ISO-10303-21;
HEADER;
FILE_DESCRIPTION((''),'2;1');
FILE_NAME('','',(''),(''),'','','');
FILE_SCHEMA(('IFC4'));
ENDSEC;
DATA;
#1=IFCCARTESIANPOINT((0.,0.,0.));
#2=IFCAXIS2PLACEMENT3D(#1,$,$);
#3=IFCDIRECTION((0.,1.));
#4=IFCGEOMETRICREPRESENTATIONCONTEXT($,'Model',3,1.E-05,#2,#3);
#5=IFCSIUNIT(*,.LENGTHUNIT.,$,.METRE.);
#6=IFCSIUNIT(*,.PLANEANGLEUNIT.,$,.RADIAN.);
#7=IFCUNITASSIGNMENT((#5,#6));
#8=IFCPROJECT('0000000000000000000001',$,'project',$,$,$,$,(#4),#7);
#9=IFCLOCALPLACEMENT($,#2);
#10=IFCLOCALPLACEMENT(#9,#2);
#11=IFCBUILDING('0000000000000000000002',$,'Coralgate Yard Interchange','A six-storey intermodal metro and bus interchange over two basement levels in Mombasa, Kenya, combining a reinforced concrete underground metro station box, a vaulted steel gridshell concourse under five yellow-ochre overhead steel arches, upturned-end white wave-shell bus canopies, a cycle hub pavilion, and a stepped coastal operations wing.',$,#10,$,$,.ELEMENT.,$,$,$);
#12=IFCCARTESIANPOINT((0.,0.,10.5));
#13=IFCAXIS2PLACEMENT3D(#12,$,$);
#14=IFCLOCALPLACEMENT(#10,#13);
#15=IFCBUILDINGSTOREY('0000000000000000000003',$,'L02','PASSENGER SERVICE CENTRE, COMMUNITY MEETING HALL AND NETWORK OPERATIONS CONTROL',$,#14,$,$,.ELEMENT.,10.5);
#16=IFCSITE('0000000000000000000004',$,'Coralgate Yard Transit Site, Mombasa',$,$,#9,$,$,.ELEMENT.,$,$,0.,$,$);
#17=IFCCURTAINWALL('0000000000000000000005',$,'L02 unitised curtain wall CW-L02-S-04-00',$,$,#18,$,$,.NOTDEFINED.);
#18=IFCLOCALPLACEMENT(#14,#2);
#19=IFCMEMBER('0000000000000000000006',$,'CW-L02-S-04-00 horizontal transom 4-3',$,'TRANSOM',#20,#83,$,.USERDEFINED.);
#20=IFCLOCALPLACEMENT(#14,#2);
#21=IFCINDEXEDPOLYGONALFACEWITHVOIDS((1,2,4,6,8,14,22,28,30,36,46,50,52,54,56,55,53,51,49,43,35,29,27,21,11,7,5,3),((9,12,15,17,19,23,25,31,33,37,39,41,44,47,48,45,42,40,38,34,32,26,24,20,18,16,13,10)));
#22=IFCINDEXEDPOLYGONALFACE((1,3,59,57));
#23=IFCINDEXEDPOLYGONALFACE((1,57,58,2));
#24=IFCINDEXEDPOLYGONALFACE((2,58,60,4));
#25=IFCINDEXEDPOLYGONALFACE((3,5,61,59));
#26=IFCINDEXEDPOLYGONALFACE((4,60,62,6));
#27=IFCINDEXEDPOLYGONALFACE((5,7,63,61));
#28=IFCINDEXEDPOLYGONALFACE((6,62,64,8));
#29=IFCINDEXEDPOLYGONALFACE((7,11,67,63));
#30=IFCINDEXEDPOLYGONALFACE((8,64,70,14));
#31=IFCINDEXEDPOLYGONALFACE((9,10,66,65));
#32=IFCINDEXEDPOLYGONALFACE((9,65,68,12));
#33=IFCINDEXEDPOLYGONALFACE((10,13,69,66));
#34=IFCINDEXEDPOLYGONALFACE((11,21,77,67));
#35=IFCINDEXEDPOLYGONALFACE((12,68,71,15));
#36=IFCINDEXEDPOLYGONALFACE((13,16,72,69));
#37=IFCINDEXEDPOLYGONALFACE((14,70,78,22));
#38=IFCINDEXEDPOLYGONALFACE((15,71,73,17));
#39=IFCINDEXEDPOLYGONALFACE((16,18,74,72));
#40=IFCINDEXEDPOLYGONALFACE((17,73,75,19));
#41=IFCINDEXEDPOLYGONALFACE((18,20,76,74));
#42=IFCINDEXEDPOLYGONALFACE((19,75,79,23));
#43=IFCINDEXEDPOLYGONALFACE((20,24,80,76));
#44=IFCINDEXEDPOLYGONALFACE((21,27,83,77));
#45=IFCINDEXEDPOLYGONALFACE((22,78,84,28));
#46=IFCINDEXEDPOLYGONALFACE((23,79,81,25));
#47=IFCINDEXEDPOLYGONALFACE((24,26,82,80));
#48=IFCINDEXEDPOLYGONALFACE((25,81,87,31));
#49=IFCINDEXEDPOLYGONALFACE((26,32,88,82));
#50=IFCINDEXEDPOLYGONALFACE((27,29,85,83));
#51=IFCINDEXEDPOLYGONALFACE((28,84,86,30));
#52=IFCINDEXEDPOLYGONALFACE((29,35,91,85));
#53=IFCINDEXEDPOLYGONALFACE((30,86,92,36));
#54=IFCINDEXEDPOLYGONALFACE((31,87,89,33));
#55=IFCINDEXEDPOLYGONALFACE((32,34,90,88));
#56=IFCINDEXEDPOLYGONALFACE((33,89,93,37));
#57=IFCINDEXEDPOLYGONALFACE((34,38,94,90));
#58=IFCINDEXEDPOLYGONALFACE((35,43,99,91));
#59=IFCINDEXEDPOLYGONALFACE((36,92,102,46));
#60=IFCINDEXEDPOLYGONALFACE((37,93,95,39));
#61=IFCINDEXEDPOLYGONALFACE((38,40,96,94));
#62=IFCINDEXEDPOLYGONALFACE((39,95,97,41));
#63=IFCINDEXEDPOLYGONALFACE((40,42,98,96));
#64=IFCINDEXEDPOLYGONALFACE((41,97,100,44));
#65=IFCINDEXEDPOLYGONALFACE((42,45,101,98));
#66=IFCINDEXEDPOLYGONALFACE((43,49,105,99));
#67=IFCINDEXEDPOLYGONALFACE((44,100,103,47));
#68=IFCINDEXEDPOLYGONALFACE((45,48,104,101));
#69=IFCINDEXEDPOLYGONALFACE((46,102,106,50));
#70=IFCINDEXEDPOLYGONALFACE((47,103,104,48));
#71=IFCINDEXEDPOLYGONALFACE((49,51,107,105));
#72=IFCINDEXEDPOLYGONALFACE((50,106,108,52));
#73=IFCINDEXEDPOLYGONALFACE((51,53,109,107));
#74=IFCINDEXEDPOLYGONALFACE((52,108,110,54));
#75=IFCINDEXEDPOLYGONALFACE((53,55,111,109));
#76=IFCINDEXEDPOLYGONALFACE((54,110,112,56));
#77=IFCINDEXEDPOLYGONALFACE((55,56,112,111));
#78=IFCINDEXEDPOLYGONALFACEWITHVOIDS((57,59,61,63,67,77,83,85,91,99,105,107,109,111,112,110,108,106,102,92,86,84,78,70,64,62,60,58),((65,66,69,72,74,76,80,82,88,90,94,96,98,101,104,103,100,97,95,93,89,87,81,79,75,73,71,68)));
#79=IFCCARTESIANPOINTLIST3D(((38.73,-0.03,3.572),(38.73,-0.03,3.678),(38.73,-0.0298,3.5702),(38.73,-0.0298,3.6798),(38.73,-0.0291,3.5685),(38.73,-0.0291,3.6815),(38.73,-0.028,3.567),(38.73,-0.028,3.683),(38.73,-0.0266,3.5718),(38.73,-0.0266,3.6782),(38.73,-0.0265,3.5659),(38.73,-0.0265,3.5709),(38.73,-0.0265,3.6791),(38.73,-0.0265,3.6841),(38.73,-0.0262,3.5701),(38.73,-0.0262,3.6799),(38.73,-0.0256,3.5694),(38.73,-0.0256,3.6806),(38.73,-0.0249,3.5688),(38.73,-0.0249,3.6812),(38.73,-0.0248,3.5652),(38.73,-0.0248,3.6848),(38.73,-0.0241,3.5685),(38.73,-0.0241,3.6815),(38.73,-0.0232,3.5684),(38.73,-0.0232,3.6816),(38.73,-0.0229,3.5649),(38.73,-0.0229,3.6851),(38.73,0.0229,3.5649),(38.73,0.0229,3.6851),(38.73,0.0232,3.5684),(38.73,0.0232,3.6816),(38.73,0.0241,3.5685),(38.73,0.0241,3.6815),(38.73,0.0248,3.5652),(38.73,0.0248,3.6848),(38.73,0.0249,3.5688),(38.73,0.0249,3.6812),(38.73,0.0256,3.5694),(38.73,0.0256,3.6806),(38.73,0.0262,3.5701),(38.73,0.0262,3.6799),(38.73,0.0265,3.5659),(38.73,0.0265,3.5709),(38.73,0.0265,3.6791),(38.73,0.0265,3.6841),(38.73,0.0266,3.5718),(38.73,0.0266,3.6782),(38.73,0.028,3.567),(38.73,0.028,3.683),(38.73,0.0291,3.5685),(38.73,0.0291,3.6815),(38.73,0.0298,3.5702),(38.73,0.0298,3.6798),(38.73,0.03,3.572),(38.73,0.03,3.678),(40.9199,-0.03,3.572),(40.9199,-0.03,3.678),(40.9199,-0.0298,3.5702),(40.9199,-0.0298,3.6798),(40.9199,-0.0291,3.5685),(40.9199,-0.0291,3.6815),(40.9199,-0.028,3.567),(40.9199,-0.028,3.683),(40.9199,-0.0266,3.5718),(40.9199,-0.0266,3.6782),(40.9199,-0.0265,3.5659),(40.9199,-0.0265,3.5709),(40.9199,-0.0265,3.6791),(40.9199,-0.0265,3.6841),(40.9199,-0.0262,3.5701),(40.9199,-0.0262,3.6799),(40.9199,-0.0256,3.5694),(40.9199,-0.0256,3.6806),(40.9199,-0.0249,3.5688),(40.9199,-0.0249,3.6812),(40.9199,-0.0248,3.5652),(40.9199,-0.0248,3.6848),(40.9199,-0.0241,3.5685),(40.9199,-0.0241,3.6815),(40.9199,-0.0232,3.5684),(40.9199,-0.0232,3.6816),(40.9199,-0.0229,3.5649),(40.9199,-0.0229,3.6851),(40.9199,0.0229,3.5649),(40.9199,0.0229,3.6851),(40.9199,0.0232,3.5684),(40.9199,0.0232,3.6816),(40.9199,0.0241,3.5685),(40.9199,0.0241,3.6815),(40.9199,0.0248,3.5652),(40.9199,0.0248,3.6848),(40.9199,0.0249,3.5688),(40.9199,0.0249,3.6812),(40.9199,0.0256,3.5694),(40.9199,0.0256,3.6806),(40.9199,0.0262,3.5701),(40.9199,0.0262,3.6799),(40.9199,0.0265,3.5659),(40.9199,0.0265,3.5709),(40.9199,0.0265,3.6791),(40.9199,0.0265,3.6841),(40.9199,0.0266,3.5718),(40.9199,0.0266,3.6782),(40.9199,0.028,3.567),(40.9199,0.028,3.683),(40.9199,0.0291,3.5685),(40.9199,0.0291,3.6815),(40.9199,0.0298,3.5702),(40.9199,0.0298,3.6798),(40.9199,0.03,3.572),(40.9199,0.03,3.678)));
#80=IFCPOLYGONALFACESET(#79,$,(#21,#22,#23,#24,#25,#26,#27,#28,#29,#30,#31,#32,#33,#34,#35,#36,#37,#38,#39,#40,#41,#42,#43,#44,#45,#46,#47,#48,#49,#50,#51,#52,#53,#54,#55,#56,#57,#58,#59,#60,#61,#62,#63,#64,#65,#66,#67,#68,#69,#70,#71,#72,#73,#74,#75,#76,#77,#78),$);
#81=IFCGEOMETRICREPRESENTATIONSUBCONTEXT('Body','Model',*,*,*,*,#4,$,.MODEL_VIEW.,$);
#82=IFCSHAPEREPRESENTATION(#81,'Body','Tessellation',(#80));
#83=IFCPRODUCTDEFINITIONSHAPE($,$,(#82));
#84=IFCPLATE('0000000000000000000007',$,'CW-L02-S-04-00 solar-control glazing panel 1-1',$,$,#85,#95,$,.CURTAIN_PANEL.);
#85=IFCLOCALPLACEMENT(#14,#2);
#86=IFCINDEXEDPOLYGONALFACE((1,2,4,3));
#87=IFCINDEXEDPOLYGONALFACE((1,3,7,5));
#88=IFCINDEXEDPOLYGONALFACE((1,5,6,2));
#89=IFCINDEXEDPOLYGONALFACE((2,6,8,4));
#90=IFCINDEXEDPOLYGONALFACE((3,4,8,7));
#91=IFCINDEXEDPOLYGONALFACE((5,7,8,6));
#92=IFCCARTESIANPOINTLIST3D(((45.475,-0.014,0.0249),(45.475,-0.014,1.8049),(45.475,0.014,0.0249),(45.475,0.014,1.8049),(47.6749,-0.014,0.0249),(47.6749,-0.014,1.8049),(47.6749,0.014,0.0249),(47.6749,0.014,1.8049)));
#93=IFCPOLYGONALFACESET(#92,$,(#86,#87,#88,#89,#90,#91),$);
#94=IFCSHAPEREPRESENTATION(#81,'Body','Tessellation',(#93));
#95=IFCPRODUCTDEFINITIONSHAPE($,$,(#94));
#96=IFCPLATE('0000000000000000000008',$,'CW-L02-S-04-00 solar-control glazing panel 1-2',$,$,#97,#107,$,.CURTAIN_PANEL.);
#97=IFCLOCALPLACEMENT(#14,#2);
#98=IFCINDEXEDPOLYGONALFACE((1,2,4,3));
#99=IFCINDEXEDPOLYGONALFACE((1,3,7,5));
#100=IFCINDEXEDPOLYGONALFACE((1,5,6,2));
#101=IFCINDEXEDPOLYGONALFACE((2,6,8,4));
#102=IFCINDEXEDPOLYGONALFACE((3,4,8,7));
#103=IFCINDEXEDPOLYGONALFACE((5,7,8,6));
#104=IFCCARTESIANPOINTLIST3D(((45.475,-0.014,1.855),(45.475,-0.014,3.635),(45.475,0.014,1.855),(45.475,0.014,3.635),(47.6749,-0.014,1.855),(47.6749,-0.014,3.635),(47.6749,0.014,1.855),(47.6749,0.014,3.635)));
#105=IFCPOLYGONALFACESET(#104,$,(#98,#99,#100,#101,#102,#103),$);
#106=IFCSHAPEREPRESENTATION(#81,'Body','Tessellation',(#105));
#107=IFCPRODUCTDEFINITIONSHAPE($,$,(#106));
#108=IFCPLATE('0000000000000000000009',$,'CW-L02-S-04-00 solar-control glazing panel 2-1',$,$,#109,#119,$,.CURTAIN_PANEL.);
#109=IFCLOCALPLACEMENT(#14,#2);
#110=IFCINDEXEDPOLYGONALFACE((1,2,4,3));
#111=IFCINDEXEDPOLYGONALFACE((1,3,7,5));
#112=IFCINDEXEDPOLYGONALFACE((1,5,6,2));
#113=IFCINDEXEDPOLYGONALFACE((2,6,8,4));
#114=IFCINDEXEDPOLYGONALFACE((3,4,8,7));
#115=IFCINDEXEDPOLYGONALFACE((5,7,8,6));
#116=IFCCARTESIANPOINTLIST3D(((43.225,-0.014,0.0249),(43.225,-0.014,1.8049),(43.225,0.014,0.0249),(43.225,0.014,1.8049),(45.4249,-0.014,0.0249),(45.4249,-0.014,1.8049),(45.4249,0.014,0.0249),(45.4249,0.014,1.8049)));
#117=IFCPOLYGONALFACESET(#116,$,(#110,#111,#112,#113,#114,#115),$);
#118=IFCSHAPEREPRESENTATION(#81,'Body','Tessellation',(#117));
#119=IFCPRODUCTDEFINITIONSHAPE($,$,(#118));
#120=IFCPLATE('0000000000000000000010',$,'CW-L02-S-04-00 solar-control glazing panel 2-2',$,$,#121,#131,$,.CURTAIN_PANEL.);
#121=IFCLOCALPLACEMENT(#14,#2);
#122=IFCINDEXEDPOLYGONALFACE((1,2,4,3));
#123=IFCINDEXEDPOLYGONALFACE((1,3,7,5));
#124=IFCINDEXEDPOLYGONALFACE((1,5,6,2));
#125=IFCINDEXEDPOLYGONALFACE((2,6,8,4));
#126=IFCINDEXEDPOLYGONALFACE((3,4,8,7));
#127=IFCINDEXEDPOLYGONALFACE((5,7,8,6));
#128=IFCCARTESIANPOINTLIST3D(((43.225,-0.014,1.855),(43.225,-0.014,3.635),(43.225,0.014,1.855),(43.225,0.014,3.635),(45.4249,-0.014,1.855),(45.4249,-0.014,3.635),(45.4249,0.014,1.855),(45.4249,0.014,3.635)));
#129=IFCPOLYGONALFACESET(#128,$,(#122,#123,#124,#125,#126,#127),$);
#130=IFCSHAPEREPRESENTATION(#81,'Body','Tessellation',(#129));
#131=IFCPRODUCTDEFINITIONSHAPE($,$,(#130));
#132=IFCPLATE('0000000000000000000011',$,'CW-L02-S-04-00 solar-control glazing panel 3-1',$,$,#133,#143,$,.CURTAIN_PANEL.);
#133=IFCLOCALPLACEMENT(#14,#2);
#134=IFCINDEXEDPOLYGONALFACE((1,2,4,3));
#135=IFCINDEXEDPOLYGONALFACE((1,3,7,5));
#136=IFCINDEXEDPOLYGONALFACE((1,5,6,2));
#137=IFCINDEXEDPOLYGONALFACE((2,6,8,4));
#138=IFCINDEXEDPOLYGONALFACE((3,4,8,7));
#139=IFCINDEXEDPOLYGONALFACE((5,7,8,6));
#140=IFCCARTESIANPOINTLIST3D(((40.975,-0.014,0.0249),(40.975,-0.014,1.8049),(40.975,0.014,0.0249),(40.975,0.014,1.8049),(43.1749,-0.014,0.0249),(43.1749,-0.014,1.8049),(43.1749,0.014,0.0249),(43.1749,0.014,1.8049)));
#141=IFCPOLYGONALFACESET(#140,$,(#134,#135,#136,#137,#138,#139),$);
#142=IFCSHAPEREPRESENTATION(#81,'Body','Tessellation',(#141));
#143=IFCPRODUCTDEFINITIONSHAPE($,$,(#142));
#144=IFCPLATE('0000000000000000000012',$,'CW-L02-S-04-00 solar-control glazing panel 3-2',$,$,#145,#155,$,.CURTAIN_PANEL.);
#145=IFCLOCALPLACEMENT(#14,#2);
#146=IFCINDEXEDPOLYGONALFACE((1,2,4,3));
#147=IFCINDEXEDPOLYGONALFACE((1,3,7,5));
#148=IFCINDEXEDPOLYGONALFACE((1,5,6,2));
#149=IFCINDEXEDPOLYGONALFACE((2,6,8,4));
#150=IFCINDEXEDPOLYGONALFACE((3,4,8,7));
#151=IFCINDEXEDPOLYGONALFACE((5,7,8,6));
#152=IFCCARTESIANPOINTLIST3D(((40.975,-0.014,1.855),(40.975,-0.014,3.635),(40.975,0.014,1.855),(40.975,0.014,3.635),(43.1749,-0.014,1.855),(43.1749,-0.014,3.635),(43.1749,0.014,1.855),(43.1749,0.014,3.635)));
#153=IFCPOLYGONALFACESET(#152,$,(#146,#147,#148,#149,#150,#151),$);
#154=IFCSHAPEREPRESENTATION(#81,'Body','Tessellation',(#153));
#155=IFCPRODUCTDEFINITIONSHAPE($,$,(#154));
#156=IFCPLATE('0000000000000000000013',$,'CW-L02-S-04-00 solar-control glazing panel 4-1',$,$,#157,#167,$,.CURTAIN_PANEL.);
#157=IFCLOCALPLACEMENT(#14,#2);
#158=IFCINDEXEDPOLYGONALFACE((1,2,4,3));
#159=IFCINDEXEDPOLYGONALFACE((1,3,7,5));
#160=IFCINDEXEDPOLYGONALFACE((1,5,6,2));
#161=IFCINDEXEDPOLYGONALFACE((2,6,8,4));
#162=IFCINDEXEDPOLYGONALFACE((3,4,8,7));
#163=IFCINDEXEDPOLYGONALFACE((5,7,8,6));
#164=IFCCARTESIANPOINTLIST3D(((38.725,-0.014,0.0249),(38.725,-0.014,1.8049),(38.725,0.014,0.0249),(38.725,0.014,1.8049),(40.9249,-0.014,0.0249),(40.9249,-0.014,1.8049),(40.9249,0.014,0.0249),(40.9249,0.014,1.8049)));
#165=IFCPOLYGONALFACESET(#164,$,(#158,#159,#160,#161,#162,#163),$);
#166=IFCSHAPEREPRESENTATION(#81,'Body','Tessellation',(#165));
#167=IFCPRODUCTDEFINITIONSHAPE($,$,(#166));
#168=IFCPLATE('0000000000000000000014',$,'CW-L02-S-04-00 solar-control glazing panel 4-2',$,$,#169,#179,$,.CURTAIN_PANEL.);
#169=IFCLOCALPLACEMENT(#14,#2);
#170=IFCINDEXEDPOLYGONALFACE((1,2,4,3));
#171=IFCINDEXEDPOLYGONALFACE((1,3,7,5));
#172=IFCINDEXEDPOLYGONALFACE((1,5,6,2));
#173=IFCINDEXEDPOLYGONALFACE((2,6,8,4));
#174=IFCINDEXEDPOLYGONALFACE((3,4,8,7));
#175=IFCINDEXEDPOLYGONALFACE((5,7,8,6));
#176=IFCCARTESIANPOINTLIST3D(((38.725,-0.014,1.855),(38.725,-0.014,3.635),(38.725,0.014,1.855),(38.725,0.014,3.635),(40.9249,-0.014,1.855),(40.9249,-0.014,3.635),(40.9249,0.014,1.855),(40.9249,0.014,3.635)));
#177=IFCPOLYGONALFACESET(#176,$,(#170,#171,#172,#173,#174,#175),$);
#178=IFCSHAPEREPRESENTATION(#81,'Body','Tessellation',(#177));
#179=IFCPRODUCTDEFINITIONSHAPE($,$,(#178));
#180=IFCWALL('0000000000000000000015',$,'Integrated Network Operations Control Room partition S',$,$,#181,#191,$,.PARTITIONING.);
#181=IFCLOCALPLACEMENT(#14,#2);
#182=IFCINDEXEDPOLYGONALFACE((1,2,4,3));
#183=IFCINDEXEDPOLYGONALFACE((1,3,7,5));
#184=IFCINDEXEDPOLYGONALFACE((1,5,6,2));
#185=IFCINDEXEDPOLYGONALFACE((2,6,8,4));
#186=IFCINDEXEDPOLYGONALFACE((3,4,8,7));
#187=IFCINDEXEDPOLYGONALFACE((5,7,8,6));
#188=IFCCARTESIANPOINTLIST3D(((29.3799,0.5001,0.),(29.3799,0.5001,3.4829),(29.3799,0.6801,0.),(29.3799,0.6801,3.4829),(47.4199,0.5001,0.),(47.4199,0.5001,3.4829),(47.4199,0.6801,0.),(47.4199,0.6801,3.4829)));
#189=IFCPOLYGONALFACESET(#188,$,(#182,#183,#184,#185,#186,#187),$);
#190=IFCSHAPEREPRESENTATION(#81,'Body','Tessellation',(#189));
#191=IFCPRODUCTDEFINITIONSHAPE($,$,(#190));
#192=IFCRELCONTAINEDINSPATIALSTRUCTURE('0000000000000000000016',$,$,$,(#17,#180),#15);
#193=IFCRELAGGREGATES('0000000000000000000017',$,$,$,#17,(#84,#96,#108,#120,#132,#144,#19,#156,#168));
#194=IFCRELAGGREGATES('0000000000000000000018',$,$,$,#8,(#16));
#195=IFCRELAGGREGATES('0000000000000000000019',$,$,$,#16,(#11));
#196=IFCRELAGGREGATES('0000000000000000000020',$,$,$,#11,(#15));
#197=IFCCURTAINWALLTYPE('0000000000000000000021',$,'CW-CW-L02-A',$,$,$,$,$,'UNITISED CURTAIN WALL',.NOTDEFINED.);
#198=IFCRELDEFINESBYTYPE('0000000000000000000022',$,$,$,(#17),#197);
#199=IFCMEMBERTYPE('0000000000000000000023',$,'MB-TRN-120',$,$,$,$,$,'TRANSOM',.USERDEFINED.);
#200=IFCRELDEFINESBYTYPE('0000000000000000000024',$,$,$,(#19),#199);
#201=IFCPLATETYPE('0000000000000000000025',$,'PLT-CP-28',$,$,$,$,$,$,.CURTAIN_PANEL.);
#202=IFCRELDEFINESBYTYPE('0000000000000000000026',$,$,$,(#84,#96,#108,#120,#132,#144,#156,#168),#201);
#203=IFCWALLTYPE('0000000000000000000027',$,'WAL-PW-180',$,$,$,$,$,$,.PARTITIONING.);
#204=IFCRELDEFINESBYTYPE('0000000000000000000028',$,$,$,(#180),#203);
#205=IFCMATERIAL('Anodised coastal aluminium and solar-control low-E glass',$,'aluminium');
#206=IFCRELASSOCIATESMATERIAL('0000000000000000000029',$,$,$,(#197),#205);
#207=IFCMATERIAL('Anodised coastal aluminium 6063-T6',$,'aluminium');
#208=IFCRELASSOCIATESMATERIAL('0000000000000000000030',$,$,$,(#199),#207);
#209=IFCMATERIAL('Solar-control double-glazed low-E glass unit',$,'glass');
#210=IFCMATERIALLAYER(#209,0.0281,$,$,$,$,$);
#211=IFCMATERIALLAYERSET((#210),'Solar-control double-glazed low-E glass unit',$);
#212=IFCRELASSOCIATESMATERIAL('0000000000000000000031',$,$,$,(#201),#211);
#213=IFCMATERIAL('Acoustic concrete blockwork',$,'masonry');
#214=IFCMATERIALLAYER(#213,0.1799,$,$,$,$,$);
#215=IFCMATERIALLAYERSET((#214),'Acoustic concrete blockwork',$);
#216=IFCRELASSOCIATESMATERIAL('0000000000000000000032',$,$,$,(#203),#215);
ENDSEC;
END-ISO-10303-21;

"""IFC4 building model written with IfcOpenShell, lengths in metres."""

from ifc_helpers import new_model, si_unit, direction, frame, frame_2d, origin, origin_2d, place, context, subcontext, project, spatial, rectangle, hollow_rectangle, extrude, material, layer, layer_set, material_profile, profile_set, type_object, element, aggregate, save


model = new_model("IFC4")

# Units and contexts
model_context = context("Model", 3, precision=1e-05, world=origin(), true_north=direction((0.0, 1.0)))
body_context = subcontext(model_context, "Body", "Model", "MODEL_VIEW")
ifc_project = project(units=[si_unit("LENGTHUNIT", "METRE"), si_unit("PLANEANGLEUNIT", "RADIAN")], contexts=[model_context])

# Site, building, storey
site_placement = place(None, origin())
site = spatial("IfcSite", under=ifc_project, at=site_placement, Name="Coralgate Yard Transit Site, Mombasa", CompositionType="ELEMENT", RefElevation=0.0)
building_placement = place(site_placement, origin())
building = spatial("IfcBuilding", under=site, at=building_placement, Name="Coralgate Yard Interchange", Description="A six-storey intermodal metro and bus interchange over two basement levels in Mombasa, Kenya, combining a reinforced concrete underground metro station box, a vaulted steel gridshell concourse under five yellow-ochre overhead steel arches, upturned-end white wave-shell bus canopies, a cycle hub pavilion, and a stepped coastal operations wing.", CompositionType="ELEMENT")
storey_placement = place(building_placement, frame((0.0, 0.0, 10.5)))
storey = spatial("IfcBuildingStorey", under=building, at=storey_placement, Name="L02", Description="PASSENGER SERVICE CENTRE, COMMUNITY MEETING HALL AND NETWORK OPERATIONS CONTROL", CompositionType="ELEMENT", Elevation=10.5)

# Shared definitions
ifc_material_1 = material(Name="Anodised coastal aluminium and solar-control low-E glass", Category="aluminium")
curtain_wall_type = type_object("IfcCurtainWallType", Name="CW-CW-L02-A", ElementType="UNITISED CURTAIN WALL", PredefinedType="NOTDEFINED", material=ifc_material_1)
ifc_material_2 = material(Name="Anodised coastal aluminium 6063-T6", Category="aluminium")

# Curtain wall
curtain_wall_1_placement = place(storey_placement, origin())
curtain_wall_1 = element("IfcCurtainWall", 1, at=curtain_wall_1_placement, inside=storey, type_object=curtain_wall_type, Name="L02 unitised curtain wall CW-L02-S-04-00", PredefinedType="NOTDEFINED")

# Member
ifc_material_profile_1 = material_profile(ifc_material_2, hollow_rectangle(XDim=0.0601, YDim=0.1201, WallThickness=0.0034, InnerFilletRadius=0.0034, OuterFilletRadius=0.0071, at=origin_2d()), Name="ALU 60x120x3.5")
ifc_profile_set_1 = profile_set([ifc_material_profile_1], Name="Anodised coastal aluminium 6063-T6")
member_type_1 = type_object("IfcMemberType", Name="MB-TRN-120", ElementType="TRANSOM", PredefinedType="USERDEFINED", material=ifc_profile_set_1)
member_1_placement = place(storey_placement, frame((40.9199, 0.0, 3.625), z_axis=(-1.0, 0.0, 0.0), x_axis=(0.0, -1.0, 0.0)))
member_1 = element("IfcMember", 2, at=member_1_placement, type_object=member_type_1, Name="CW-L02-S-04-00 horizontal transom 4-3", ObjectType="TRANSOM", PredefinedType="USERDEFINED", context=body_context, shape_type="SweptSolid", body=[
    extrude(hollow_rectangle(XDim=0.0601, YDim=0.1201, WallThickness=0.0034, InnerFilletRadius=0.0034, OuterFilletRadius=0.0071, at=origin_2d()), origin(), (0.0, 0.0, 1.0), 2.1899),
])

# Plates
ifc_material_3 = material(Name="Solar-control double-glazed low-E glass unit", Category="glass")
ifc_layer_1 = layer(ifc_material_3, 0.0281)
ifc_layer_set_1 = layer_set([ifc_layer_1], Name="Solar-control double-glazed low-E glass unit")
plate_type = type_object("IfcPlateType", Name="PLT-CP-28", PredefinedType="CURTAIN_PANEL", material=ifc_layer_set_1)
plate_1_placement = place(storey_placement, frame((46.575, 0.0, 0.0249), z_axis=(0.0, 0.0, 1.0), x_axis=(-1.0, 0.0, 0.0)))
plate_1 = element("IfcPlate", 3, at=plate_1_placement, type_object=plate_type, Name="CW-L02-S-04-00 solar-control glazing panel 1-1", PredefinedType="CURTAIN_PANEL", context=body_context, shape_type="SweptSolid", body=[
    extrude(rectangle(XDim=2.2, YDim=0.0281, at=origin_2d()), origin(), (0.0, 0.0, 1.0), 1.78),
])
plate_2_placement = place(storey_placement, frame((46.575, 0.0, 1.855), z_axis=(0.0, 0.0, 1.0), x_axis=(-1.0, 0.0, 0.0)))
plate_2 = element("IfcPlate", 4, at=plate_2_placement, type_object=plate_type, Name="CW-L02-S-04-00 solar-control glazing panel 1-2", PredefinedType="CURTAIN_PANEL", context=body_context, shape_type="SweptSolid", body=[
    extrude(rectangle(XDim=2.2, YDim=0.0281, at=origin_2d()), origin(), (0.0, 0.0, 1.0), 1.78),
])
plate_3_placement = place(storey_placement, frame((44.325, 0.0, 0.0249), z_axis=(0.0, 0.0, 1.0), x_axis=(-1.0, 0.0, 0.0)))
plate_3 = element("IfcPlate", 5, at=plate_3_placement, type_object=plate_type, Name="CW-L02-S-04-00 solar-control glazing panel 2-1", PredefinedType="CURTAIN_PANEL", context=body_context, shape_type="SweptSolid", body=[
    extrude(rectangle(XDim=2.2, YDim=0.0281, at=origin_2d()), origin(), (0.0, 0.0, 1.0), 1.78),
])
plate_4_placement = place(storey_placement, frame((44.325, 0.0, 1.855), z_axis=(0.0, 0.0, 1.0), x_axis=(-1.0, 0.0, 0.0)))
plate_4 = element("IfcPlate", 6, at=plate_4_placement, type_object=plate_type, Name="CW-L02-S-04-00 solar-control glazing panel 2-2", PredefinedType="CURTAIN_PANEL", context=body_context, shape_type="SweptSolid", body=[
    extrude(rectangle(XDim=2.2, YDim=0.0281, at=origin_2d()), origin(), (0.0, 0.0, 1.0), 1.78),
])
plate_5_placement = place(storey_placement, frame((42.075, 0.0, 0.0249), z_axis=(0.0, 0.0, 1.0), x_axis=(-1.0, 0.0, 0.0)))
plate_5 = element("IfcPlate", 7, at=plate_5_placement, type_object=plate_type, Name="CW-L02-S-04-00 solar-control glazing panel 3-1", PredefinedType="CURTAIN_PANEL", context=body_context, shape_type="SweptSolid", body=[
    extrude(rectangle(XDim=2.2, YDim=0.0281, at=origin_2d()), origin(), (0.0, 0.0, 1.0), 1.78),
])
plate_6_placement = place(storey_placement, frame((42.075, 0.0, 1.855), z_axis=(0.0, 0.0, 1.0), x_axis=(-1.0, 0.0, 0.0)))
plate_6 = element("IfcPlate", 8, at=plate_6_placement, type_object=plate_type, Name="CW-L02-S-04-00 solar-control glazing panel 3-2", PredefinedType="CURTAIN_PANEL", context=body_context, shape_type="SweptSolid", body=[
    extrude(rectangle(XDim=2.2, YDim=0.0281, at=origin_2d()), origin(), (0.0, 0.0, 1.0), 1.78),
])
plate_7_placement = place(storey_placement, frame((39.825, 0.0, 0.0249), z_axis=(0.0, 0.0, 1.0), x_axis=(-1.0, 0.0, 0.0)))
plate_7 = element("IfcPlate", 9, at=plate_7_placement, type_object=plate_type, Name="CW-L02-S-04-00 solar-control glazing panel 4-1", PredefinedType="CURTAIN_PANEL", context=body_context, shape_type="SweptSolid", body=[
    extrude(rectangle(XDim=2.2, YDim=0.0281, at=origin_2d()), origin(), (0.0, 0.0, 1.0), 1.78),
])
plate_8_placement = place(storey_placement, frame((39.825, 0.0, 1.855), z_axis=(0.0, 0.0, 1.0), x_axis=(-1.0, 0.0, 0.0)))
plate_8 = element("IfcPlate", 10, at=plate_8_placement, type_object=plate_type, Name="CW-L02-S-04-00 solar-control glazing panel 4-2", PredefinedType="CURTAIN_PANEL", context=body_context, shape_type="SweptSolid", body=[
    extrude(rectangle(XDim=2.2, YDim=0.0281, at=origin_2d()), origin(), (0.0, 0.0, 1.0), 1.78),
])
aggregate(curtain_wall_1, [plate_1, plate_2, plate_3, plate_4, plate_5, plate_6, member_1, plate_7, plate_8])

# Wall
ifc_material_4 = material(Name="Acoustic concrete blockwork", Category="masonry")
ifc_layer_2 = layer(ifc_material_4, 0.1799)
ifc_layer_set_2 = layer_set([ifc_layer_2], Name="Acoustic concrete blockwork")
wall_type = type_object("IfcWallType", Name="WAL-PW-180", PredefinedType="PARTITIONING", material=ifc_layer_set_2)
wall_1_placement = place(storey_placement, frame((47.4199, 0.5901, 0.0), z_axis=(0.0, 0.0, 1.0), x_axis=(-1.0, 0.0, 0.0)))
element("IfcWall", 11, at=wall_1_placement, inside=storey, type_object=wall_type, Name="Integrated Network Operations Control Room partition S", PredefinedType="PARTITIONING", context=body_context, shape_type="SweptSolid", body=[
    extrude(rectangle(XDim=18.04, YDim=0.1799, at=frame_2d((9.02, 0.0))), origin(), (0.0, 0.0, 1.0), 3.4829),
])

save(model, "model.ifc")
